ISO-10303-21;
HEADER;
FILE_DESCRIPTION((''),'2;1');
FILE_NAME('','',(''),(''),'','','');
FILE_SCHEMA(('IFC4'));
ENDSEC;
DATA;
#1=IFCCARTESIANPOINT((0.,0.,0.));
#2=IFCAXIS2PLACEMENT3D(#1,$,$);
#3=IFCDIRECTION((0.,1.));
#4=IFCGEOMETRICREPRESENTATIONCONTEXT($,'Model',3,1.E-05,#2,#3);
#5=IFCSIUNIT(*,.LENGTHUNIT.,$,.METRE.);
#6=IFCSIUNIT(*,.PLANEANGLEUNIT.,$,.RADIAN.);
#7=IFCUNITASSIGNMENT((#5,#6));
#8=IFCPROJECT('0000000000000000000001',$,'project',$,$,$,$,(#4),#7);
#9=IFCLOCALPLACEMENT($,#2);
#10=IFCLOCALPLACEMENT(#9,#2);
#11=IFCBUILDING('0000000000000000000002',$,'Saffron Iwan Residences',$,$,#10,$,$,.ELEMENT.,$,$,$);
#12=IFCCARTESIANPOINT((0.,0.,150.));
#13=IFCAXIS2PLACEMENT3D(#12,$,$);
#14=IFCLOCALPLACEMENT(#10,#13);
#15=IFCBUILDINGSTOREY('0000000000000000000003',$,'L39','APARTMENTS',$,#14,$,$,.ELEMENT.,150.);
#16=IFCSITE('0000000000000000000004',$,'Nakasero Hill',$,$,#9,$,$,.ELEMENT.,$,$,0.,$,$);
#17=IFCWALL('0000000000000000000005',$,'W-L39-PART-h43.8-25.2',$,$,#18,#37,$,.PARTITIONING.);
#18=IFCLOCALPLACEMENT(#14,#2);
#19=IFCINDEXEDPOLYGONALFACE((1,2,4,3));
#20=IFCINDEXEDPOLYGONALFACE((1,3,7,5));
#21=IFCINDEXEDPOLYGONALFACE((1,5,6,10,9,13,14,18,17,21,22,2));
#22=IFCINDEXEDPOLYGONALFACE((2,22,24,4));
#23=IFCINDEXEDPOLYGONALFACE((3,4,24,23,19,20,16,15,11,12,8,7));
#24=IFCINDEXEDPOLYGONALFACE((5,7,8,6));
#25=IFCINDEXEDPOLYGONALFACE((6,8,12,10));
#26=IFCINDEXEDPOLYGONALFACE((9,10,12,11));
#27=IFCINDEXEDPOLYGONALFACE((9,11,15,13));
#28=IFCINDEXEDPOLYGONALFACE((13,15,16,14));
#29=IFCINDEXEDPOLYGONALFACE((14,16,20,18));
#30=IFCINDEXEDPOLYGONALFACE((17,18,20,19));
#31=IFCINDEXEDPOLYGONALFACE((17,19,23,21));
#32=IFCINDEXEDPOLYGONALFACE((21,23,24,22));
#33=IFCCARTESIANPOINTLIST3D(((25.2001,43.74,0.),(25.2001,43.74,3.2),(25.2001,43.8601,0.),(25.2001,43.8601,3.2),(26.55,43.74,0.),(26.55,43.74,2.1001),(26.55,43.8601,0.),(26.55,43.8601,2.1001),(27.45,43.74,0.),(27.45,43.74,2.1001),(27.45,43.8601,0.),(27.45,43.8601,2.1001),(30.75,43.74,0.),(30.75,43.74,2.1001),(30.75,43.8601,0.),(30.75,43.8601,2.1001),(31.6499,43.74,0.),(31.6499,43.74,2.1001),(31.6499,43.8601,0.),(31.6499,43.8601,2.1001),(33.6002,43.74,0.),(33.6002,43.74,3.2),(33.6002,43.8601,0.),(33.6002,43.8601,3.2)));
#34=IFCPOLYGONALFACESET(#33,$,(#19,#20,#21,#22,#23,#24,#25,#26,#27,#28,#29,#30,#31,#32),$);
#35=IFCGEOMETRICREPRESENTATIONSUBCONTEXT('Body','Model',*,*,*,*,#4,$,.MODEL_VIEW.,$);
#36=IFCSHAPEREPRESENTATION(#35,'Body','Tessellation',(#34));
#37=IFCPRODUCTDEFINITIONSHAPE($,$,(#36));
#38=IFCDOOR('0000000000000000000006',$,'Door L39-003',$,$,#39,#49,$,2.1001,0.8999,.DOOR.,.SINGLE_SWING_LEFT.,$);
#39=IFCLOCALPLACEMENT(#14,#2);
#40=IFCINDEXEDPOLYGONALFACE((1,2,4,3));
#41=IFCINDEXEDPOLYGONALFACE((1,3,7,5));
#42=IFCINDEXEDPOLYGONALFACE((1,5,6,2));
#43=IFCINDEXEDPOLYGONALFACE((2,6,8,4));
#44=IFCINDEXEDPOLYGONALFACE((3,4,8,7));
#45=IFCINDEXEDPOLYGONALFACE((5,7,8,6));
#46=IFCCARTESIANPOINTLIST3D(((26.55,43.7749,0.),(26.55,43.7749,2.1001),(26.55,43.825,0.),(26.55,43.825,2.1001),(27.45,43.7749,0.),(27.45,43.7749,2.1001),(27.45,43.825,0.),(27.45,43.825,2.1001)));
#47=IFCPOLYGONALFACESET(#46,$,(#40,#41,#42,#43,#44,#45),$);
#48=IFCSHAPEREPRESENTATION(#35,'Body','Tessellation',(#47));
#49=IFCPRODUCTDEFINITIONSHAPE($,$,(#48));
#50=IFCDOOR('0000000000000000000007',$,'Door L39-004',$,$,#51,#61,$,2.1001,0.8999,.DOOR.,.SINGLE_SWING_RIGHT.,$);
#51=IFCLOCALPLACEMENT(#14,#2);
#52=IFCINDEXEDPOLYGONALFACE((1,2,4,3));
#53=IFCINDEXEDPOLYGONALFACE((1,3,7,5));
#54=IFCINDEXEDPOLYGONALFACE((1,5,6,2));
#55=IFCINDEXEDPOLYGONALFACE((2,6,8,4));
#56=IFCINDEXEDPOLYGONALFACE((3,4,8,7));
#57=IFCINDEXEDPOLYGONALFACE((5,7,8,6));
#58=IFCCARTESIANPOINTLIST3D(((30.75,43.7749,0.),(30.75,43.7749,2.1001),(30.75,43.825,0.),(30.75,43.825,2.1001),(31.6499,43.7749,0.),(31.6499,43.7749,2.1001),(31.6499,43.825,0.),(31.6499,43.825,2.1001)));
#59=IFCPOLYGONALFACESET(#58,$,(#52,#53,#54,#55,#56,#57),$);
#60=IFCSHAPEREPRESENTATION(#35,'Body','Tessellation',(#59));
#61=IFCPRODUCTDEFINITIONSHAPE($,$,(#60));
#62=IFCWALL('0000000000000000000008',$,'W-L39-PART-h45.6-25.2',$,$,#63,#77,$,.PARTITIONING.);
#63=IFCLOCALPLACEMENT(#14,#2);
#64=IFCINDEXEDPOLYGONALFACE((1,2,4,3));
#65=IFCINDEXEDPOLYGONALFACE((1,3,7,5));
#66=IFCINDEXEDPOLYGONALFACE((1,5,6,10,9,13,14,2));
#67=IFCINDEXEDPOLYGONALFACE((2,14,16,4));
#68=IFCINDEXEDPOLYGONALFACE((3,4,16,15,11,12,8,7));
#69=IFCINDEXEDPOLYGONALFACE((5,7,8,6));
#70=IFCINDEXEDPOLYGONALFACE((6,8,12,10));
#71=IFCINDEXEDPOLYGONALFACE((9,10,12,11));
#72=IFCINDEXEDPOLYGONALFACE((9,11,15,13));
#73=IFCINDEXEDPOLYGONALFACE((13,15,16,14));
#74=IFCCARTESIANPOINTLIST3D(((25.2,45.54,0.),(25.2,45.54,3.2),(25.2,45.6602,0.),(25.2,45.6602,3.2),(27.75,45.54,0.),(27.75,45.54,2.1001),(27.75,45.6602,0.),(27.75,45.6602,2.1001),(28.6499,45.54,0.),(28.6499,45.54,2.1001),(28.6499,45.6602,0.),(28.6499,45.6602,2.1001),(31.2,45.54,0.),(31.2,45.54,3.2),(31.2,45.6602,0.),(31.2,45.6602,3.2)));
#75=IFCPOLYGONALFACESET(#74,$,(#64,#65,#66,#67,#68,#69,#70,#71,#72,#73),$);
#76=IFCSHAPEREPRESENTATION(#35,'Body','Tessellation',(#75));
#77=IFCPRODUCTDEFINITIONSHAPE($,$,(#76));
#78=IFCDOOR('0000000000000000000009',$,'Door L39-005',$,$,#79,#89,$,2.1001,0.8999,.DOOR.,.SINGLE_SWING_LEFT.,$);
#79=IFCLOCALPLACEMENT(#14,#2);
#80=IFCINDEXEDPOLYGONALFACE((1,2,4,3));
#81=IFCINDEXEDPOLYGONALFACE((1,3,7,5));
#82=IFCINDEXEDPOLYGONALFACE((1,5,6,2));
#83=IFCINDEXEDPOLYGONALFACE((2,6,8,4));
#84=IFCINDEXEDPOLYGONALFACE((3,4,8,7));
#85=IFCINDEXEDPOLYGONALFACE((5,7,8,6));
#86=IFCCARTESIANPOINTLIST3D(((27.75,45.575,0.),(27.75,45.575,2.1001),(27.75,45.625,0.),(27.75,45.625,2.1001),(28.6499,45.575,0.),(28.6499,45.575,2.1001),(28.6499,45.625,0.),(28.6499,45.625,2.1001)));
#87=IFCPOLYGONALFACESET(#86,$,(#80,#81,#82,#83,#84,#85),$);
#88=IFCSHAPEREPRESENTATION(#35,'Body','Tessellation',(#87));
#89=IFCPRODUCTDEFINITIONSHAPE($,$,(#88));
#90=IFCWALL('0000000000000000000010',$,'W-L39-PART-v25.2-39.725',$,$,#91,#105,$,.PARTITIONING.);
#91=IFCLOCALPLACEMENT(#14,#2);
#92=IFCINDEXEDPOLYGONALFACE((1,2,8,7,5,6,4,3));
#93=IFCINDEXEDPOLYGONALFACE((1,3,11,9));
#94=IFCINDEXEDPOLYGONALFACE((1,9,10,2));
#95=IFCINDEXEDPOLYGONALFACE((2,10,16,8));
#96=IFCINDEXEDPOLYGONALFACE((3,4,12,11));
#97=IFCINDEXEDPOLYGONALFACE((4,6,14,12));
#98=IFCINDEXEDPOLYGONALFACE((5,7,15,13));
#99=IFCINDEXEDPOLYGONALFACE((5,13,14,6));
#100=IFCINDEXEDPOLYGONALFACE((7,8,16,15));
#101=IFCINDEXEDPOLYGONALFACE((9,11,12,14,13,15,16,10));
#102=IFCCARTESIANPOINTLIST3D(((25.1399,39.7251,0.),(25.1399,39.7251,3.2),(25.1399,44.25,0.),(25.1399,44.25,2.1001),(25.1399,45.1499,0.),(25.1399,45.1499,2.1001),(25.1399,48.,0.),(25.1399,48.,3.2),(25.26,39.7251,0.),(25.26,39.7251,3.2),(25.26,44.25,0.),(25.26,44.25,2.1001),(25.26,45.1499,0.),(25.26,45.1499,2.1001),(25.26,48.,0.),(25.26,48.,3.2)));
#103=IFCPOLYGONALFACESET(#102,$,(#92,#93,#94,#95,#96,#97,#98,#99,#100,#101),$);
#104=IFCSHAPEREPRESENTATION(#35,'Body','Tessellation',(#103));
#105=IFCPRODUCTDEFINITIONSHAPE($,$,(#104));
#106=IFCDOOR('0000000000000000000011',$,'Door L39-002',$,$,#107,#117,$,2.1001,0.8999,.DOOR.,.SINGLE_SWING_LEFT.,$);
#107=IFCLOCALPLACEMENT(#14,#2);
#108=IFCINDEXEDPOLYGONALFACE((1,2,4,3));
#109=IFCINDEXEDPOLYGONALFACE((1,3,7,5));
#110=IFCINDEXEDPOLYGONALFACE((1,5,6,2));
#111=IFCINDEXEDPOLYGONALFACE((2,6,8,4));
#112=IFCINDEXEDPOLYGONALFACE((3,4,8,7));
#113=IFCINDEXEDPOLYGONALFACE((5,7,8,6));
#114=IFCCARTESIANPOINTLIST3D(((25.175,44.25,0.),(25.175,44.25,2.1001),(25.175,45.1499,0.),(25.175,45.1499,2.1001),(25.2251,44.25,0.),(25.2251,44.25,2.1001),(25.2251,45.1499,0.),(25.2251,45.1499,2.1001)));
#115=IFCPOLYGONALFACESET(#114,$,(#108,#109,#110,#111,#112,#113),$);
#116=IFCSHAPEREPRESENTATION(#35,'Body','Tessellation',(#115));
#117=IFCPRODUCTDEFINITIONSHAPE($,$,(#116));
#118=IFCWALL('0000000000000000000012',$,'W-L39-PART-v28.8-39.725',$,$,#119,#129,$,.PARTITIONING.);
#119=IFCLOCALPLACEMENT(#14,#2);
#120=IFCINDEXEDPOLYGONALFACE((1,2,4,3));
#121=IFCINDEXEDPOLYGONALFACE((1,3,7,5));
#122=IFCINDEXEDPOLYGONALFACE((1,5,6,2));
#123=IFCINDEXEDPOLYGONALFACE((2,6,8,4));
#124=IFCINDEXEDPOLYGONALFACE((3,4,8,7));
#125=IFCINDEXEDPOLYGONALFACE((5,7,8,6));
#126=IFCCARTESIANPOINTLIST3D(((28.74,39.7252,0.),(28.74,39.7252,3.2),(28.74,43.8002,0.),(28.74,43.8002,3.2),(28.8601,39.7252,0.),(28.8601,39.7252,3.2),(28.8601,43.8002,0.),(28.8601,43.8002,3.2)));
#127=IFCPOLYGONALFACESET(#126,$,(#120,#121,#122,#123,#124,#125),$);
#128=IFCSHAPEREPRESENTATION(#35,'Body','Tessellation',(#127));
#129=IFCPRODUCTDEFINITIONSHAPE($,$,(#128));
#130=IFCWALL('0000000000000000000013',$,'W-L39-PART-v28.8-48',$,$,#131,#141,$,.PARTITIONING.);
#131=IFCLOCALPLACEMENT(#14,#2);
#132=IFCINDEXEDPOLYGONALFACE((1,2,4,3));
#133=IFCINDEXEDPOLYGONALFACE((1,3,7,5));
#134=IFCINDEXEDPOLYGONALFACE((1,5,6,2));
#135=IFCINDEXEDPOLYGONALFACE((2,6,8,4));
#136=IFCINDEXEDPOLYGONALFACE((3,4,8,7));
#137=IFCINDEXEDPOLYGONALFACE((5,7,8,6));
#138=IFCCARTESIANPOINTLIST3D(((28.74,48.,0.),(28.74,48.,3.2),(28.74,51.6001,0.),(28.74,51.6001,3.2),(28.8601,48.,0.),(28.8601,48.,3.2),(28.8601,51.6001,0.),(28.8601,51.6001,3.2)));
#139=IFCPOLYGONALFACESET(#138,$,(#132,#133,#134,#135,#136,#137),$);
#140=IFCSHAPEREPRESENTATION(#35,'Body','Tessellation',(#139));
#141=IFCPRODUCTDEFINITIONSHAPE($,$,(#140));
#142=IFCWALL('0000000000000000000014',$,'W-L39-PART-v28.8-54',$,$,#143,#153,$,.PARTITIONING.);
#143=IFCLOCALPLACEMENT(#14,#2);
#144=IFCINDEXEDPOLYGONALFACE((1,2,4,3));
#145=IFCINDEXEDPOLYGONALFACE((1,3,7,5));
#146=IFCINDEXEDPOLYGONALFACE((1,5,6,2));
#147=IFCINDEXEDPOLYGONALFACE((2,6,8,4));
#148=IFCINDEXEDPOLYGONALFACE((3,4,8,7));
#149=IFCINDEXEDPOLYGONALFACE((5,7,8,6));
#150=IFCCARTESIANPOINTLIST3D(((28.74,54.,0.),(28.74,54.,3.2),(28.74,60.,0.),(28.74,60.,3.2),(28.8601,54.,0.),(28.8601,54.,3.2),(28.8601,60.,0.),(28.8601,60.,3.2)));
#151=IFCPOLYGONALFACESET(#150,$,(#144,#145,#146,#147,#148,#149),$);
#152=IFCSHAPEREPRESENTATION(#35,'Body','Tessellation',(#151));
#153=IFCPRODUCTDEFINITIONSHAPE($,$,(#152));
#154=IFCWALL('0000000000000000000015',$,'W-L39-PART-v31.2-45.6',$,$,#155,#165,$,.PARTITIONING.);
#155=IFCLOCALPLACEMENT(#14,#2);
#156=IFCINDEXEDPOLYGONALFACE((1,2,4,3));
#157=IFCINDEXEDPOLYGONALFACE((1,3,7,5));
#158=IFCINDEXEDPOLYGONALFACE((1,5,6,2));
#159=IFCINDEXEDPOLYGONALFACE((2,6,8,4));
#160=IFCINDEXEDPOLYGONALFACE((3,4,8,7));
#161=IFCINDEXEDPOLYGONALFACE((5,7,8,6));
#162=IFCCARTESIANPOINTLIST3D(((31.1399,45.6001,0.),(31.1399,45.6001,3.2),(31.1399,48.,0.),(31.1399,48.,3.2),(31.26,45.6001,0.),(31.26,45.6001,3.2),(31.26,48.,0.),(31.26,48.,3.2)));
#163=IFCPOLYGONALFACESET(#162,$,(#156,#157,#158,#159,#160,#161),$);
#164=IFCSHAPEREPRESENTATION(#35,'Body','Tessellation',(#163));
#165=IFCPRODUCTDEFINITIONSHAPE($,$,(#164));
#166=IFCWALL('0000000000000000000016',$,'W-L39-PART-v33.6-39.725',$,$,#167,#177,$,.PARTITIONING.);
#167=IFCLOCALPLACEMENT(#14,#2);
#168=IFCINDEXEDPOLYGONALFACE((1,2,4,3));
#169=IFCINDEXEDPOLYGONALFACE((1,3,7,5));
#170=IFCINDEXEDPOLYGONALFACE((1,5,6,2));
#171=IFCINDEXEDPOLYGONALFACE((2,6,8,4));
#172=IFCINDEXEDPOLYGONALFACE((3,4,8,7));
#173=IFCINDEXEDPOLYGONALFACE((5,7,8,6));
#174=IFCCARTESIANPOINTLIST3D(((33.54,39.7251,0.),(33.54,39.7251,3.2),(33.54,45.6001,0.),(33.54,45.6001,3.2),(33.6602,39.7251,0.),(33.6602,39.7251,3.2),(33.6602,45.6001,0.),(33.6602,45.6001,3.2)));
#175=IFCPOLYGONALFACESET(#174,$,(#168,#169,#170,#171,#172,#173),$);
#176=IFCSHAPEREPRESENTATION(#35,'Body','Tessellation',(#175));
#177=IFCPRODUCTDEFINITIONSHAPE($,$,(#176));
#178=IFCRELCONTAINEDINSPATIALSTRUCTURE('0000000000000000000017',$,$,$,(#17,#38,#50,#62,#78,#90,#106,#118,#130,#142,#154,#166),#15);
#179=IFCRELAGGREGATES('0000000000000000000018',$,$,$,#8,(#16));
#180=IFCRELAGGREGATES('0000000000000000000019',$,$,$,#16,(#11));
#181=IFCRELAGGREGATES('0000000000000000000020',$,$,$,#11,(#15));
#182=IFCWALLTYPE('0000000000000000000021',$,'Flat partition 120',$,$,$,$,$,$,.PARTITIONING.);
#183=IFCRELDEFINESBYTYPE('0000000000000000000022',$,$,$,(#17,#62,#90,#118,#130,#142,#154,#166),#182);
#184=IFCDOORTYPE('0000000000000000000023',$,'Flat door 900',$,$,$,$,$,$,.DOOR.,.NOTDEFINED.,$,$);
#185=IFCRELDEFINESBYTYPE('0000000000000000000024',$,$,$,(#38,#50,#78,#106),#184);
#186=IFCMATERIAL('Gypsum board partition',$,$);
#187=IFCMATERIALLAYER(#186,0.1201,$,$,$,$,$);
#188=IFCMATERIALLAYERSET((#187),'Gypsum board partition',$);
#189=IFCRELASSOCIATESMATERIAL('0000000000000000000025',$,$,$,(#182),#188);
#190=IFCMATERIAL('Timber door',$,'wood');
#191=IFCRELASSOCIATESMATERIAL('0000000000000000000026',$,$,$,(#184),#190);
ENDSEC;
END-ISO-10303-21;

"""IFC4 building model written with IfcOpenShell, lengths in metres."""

from ifc_helpers import new_model, si_unit, direction, frame, frame_2d, origin, place, context, subcontext, project, spatial, rectangle, extrude, material, layer, layer_set, type_object, element, fill, save


model = new_model("IFC4")

# Units and contexts
model_context = context("Model", 3, precision=1e-05, world=origin(), true_north=direction((0.0, 1.0)))
body_context = subcontext(model_context, "Body", "Model", "MODEL_VIEW")
ifc_project = project(units=[si_unit("LENGTHUNIT", "METRE"), si_unit("PLANEANGLEUNIT", "RADIAN")], contexts=[model_context])

# Site, building, storey
site_placement = place(None, origin())
site = spatial("IfcSite", under=ifc_project, at=site_placement, Name="Nakasero Hill", CompositionType="ELEMENT", RefElevation=0.0)
building_placement = place(site_placement, origin())
building = spatial("IfcBuilding", under=site, at=building_placement, Name="Saffron Iwan Residences", CompositionType="ELEMENT")
storey_placement = place(building_placement, frame((0.0, 0.0, 150.0)))
storey = spatial("IfcBuildingStorey", under=building, at=storey_placement, Name="L39", Description="APARTMENTS", CompositionType="ELEMENT", Elevation=150.0)

# Wall, openings, doors
ifc_material_1 = material(Name="Gypsum board partition")
ifc_layer_1 = layer(ifc_material_1, 0.1201)
ifc_layer_set_1 = layer_set([ifc_layer_1], Name="Gypsum board partition")
wall_type_1 = type_object("IfcWallType", Name="Flat partition 120", PredefinedType="PARTITIONING", material=ifc_layer_set_1)
wall_1_placement = place(storey_placement, frame((25.2, 43.8, 0.0), z_axis=(0.0, 0.0, 1.0), x_axis=(1.0, 0.0, 0.0)))
wall_1 = element("IfcWall", 1, at=wall_1_placement, inside=storey, type_object=wall_type_1, Name="W-L39-PART-h43.8-25.2", PredefinedType="PARTITIONING", context=body_context, shape_type="SweptSolid", body=[
    extrude(rectangle(XDim=8.4001, YDim=0.1201, at=frame_2d((4.2002, 0.0))), origin(), (0.0, 0.0, 1.0), 3.2),
])
opening_1_placement = place(wall_1_placement, frame((1.3501, 0.0, 0.0)))
opening_1 = element("IfcOpeningElement", 2, at=opening_1_placement, cuts=wall_1, PredefinedType="OPENING", context=body_context, shape_type="SweptSolid", body=[
    extrude(rectangle(XDim=0.8999, YDim=2.1001, at=frame_2d((0.45, 1.05))), frame((0.0, 0.0701, 0.0), z_axis=(0.0, -1.0, 0.0), x_axis=(1.0, 0.0, 0.0)), (0.0, 0.0, 1.0), 0.1401),
])
opening_2_placement = place(wall_1_placement, frame((5.55, 0.0, 0.0)))
opening_2 = element("IfcOpeningElement", 3, at=opening_2_placement, cuts=wall_1, PredefinedType="OPENING", context=body_context, shape_type="SweptSolid", body=[
    extrude(rectangle(XDim=0.8999, YDim=2.1001, at=frame_2d((0.45, 1.05))), frame((0.0, 0.0701, 0.0), z_axis=(0.0, -1.0, 0.0), x_axis=(1.0, 0.0, 0.0)), (0.0, 0.0, 1.0), 0.1401),
])
ifc_material_2 = material(Name="Timber door", Category="wood")
door_type_1 = type_object("IfcDoorType", Name="Flat door 900", OperationType="NOTDEFINED", PredefinedType="DOOR", material=ifc_material_2)
door_1_placement = place(opening_1_placement, origin())
door_1 = element("IfcDoor", 4, at=door_1_placement, inside=storey, type_object=door_type_1, Name="Door L39-003", OperationType="SINGLE_SWING_LEFT", OverallHeight=2.1001, OverallWidth=0.8999, PredefinedType="DOOR", context=body_context, shape_type="SweptSolid", body=[
    extrude(rectangle(XDim=0.8999, YDim=2.1001, at=frame_2d((0.45, 1.05))), frame((0.0, 0.0249, 0.0), z_axis=(0.0, -1.0, 0.0), x_axis=(1.0, 0.0, 0.0)), (0.0, 0.0, 1.0), 0.05),
])
fill(opening_1, door_1)
door_2_placement = place(opening_2_placement, origin())
door_2 = element("IfcDoor", 5, at=door_2_placement, inside=storey, type_object=door_type_1, Name="Door L39-004", OperationType="SINGLE_SWING_RIGHT", OverallHeight=2.1001, OverallWidth=0.8999, PredefinedType="DOOR", context=body_context, shape_type="SweptSolid", body=[
    extrude(rectangle(XDim=0.8999, YDim=2.1001, at=frame_2d((0.45, 1.05))), frame((0.0, 0.0249, 0.0), z_axis=(0.0, -1.0, 0.0), x_axis=(1.0, 0.0, 0.0)), (0.0, 0.0, 1.0), 0.05),
])
fill(opening_2, door_2)

# Walls, openings, doors
wall_2_placement = place(storey_placement, frame((25.2, 45.6001, 0.0), z_axis=(0.0, 0.0, 1.0), x_axis=(1.0, 0.0, 0.0)))
wall_2 = element("IfcWall", 6, at=wall_2_placement, inside=storey, type_object=wall_type_1, Name="W-L39-PART-h45.6-25.2", PredefinedType="PARTITIONING", context=body_context, shape_type="SweptSolid", body=[
    extrude(rectangle(XDim=6.0, YDim=0.1201, at=frame_2d((3.0, 0.0))), origin(), (0.0, 0.0, 1.0), 3.2),
])
opening_3_placement = place(wall_2_placement, frame((2.55, 0.0, 0.0)))
opening_3 = element("IfcOpeningElement", 7, at=opening_3_placement, cuts=wall_2, PredefinedType="OPENING", context=body_context, shape_type="SweptSolid", body=[
    extrude(rectangle(XDim=0.8999, YDim=2.1001, at=frame_2d((0.45, 1.05))), frame((0.0, 0.0701, 0.0), z_axis=(0.0, -1.0, 0.0), x_axis=(1.0, 0.0, 0.0)), (0.0, 0.0, 1.0), 0.1401),
])
door_3_placement = place(opening_3_placement, origin())
door_3 = element("IfcDoor", 8, at=door_3_placement, inside=storey, type_object=door_type_1, Name="Door L39-005", OperationType="SINGLE_SWING_LEFT", OverallHeight=2.1001, OverallWidth=0.8999, PredefinedType="DOOR", context=body_context, shape_type="SweptSolid", body=[
    extrude(rectangle(XDim=0.8999, YDim=2.1001, at=frame_2d((0.45, 1.05))), frame((0.0, 0.0249, 0.0), z_axis=(0.0, -1.0, 0.0), x_axis=(1.0, 0.0, 0.0)), (0.0, 0.0, 1.0), 0.05),
])
fill(opening_3, door_3)
wall_3_placement = place(storey_placement, frame((25.2, 39.7251, 0.0), z_axis=(0.0, 0.0, 1.0), x_axis=(0.0, 1.0, 0.0)))
wall_3 = element("IfcWall", 9, at=wall_3_placement, inside=storey, type_object=wall_type_1, Name="W-L39-PART-v25.2-39.725", PredefinedType="PARTITIONING", context=body_context, shape_type="SweptSolid", body=[
    extrude(rectangle(XDim=8.2749, YDim=0.1201, at=frame_2d((4.1375, 0.0))), origin(), (0.0, 0.0, 1.0), 3.2),
])
opening_4_placement = place(wall_3_placement, frame((4.5249, 0.0, 0.0)))
opening_4 = element("IfcOpeningElement", 10, at=opening_4_placement, cuts=wall_3, PredefinedType="OPENING", context=body_context, shape_type="SweptSolid", body=[
    extrude(rectangle(XDim=0.8999, YDim=2.1001, at=frame_2d((0.45, 1.05))), frame((0.0, 0.0701, 0.0), z_axis=(0.0, -1.0, 0.0), x_axis=(1.0, 0.0, 0.0)), (0.0, 0.0, 1.0), 0.1401),
])
door_4_placement = place(opening_4_placement, origin())
door_4 = element("IfcDoor", 11, at=door_4_placement, inside=storey, type_object=door_type_1, Name="Door L39-002", OperationType="SINGLE_SWING_LEFT", OverallHeight=2.1001, OverallWidth=0.8999, PredefinedType="DOOR", context=body_context, shape_type="SweptSolid", body=[
    extrude(rectangle(XDim=0.8999, YDim=2.1001, at=frame_2d((0.45, 1.05))), frame((0.0, 0.0249, 0.0), z_axis=(0.0, -1.0, 0.0), x_axis=(1.0, 0.0, 0.0)), (0.0, 0.0, 1.0), 0.05),
])
fill(opening_4, door_4)

# Walls
wall_4_placement = place(storey_placement, frame((28.8, 39.7251, 0.0), z_axis=(0.0, 0.0, 1.0), x_axis=(0.0, 1.0, 0.0)))
element("IfcWall", 12, at=wall_4_placement, inside=storey, type_object=wall_type_1, Name="W-L39-PART-v28.8-39.725", PredefinedType="PARTITIONING", context=body_context, shape_type="SweptSolid", body=[
    extrude(rectangle(XDim=4.075, YDim=0.1201, at=frame_2d((2.0376, 0.0))), origin(), (0.0, 0.0, 1.0), 3.2),
])
wall_5_placement = place(storey_placement, frame((28.8, 48.0, 0.0), z_axis=(0.0, 0.0, 1.0), x_axis=(0.0, 1.0, 0.0)))
element("IfcWall", 13, at=wall_5_placement, inside=storey, type_object=wall_type_1, Name="W-L39-PART-v28.8-48", PredefinedType="PARTITIONING", context=body_context, shape_type="SweptSolid", body=[
    extrude(rectangle(XDim=3.6001, YDim=0.1201, at=frame_2d((1.8, 0.0))), origin(), (0.0, 0.0, 1.0), 3.2),
])
wall_6_placement = place(storey_placement, frame((28.8, 54.0, 0.0), z_axis=(0.0, 0.0, 1.0), x_axis=(0.0, 1.0, 0.0)))
element("IfcWall", 14, at=wall_6_placement, inside=storey, type_object=wall_type_1, Name="W-L39-PART-v28.8-54", PredefinedType="PARTITIONING", context=body_context, shape_type="SweptSolid", body=[
    extrude(rectangle(XDim=6.0, YDim=0.1201, at=frame_2d((3.0, 0.0))), origin(), (0.0, 0.0, 1.0), 3.2),
])
wall_7_placement = place(storey_placement, frame((31.2, 45.6001, 0.0), z_axis=(0.0, 0.0, 1.0), x_axis=(0.0, 1.0, 0.0)))
element("IfcWall", 15, at=wall_7_placement, inside=storey, type_object=wall_type_1, Name="W-L39-PART-v31.2-45.6", PredefinedType="PARTITIONING", context=body_context, shape_type="SweptSolid", body=[
    extrude(rectangle(XDim=2.3999, YDim=0.1201, at=frame_2d((1.2, 0.0))), origin(), (0.0, 0.0, 1.0), 3.2),
])
wall_8_placement = place(storey_placement, frame((33.6001, 39.7251, 0.0), z_axis=(0.0, 0.0, 1.0), x_axis=(0.0, 1.0, 0.0)))
element("IfcWall", 16, at=wall_8_placement, inside=storey, type_object=wall_type_1, Name="W-L39-PART-v33.6-39.725", PredefinedType="PARTITIONING", context=body_context, shape_type="SweptSolid", body=[
    extrude(rectangle(XDim=5.875, YDim=0.1201, at=frame_2d((2.9375, 0.0))), origin(), (0.0, 0.0, 1.0), 3.2),
])

save(model, "model.ifc")
